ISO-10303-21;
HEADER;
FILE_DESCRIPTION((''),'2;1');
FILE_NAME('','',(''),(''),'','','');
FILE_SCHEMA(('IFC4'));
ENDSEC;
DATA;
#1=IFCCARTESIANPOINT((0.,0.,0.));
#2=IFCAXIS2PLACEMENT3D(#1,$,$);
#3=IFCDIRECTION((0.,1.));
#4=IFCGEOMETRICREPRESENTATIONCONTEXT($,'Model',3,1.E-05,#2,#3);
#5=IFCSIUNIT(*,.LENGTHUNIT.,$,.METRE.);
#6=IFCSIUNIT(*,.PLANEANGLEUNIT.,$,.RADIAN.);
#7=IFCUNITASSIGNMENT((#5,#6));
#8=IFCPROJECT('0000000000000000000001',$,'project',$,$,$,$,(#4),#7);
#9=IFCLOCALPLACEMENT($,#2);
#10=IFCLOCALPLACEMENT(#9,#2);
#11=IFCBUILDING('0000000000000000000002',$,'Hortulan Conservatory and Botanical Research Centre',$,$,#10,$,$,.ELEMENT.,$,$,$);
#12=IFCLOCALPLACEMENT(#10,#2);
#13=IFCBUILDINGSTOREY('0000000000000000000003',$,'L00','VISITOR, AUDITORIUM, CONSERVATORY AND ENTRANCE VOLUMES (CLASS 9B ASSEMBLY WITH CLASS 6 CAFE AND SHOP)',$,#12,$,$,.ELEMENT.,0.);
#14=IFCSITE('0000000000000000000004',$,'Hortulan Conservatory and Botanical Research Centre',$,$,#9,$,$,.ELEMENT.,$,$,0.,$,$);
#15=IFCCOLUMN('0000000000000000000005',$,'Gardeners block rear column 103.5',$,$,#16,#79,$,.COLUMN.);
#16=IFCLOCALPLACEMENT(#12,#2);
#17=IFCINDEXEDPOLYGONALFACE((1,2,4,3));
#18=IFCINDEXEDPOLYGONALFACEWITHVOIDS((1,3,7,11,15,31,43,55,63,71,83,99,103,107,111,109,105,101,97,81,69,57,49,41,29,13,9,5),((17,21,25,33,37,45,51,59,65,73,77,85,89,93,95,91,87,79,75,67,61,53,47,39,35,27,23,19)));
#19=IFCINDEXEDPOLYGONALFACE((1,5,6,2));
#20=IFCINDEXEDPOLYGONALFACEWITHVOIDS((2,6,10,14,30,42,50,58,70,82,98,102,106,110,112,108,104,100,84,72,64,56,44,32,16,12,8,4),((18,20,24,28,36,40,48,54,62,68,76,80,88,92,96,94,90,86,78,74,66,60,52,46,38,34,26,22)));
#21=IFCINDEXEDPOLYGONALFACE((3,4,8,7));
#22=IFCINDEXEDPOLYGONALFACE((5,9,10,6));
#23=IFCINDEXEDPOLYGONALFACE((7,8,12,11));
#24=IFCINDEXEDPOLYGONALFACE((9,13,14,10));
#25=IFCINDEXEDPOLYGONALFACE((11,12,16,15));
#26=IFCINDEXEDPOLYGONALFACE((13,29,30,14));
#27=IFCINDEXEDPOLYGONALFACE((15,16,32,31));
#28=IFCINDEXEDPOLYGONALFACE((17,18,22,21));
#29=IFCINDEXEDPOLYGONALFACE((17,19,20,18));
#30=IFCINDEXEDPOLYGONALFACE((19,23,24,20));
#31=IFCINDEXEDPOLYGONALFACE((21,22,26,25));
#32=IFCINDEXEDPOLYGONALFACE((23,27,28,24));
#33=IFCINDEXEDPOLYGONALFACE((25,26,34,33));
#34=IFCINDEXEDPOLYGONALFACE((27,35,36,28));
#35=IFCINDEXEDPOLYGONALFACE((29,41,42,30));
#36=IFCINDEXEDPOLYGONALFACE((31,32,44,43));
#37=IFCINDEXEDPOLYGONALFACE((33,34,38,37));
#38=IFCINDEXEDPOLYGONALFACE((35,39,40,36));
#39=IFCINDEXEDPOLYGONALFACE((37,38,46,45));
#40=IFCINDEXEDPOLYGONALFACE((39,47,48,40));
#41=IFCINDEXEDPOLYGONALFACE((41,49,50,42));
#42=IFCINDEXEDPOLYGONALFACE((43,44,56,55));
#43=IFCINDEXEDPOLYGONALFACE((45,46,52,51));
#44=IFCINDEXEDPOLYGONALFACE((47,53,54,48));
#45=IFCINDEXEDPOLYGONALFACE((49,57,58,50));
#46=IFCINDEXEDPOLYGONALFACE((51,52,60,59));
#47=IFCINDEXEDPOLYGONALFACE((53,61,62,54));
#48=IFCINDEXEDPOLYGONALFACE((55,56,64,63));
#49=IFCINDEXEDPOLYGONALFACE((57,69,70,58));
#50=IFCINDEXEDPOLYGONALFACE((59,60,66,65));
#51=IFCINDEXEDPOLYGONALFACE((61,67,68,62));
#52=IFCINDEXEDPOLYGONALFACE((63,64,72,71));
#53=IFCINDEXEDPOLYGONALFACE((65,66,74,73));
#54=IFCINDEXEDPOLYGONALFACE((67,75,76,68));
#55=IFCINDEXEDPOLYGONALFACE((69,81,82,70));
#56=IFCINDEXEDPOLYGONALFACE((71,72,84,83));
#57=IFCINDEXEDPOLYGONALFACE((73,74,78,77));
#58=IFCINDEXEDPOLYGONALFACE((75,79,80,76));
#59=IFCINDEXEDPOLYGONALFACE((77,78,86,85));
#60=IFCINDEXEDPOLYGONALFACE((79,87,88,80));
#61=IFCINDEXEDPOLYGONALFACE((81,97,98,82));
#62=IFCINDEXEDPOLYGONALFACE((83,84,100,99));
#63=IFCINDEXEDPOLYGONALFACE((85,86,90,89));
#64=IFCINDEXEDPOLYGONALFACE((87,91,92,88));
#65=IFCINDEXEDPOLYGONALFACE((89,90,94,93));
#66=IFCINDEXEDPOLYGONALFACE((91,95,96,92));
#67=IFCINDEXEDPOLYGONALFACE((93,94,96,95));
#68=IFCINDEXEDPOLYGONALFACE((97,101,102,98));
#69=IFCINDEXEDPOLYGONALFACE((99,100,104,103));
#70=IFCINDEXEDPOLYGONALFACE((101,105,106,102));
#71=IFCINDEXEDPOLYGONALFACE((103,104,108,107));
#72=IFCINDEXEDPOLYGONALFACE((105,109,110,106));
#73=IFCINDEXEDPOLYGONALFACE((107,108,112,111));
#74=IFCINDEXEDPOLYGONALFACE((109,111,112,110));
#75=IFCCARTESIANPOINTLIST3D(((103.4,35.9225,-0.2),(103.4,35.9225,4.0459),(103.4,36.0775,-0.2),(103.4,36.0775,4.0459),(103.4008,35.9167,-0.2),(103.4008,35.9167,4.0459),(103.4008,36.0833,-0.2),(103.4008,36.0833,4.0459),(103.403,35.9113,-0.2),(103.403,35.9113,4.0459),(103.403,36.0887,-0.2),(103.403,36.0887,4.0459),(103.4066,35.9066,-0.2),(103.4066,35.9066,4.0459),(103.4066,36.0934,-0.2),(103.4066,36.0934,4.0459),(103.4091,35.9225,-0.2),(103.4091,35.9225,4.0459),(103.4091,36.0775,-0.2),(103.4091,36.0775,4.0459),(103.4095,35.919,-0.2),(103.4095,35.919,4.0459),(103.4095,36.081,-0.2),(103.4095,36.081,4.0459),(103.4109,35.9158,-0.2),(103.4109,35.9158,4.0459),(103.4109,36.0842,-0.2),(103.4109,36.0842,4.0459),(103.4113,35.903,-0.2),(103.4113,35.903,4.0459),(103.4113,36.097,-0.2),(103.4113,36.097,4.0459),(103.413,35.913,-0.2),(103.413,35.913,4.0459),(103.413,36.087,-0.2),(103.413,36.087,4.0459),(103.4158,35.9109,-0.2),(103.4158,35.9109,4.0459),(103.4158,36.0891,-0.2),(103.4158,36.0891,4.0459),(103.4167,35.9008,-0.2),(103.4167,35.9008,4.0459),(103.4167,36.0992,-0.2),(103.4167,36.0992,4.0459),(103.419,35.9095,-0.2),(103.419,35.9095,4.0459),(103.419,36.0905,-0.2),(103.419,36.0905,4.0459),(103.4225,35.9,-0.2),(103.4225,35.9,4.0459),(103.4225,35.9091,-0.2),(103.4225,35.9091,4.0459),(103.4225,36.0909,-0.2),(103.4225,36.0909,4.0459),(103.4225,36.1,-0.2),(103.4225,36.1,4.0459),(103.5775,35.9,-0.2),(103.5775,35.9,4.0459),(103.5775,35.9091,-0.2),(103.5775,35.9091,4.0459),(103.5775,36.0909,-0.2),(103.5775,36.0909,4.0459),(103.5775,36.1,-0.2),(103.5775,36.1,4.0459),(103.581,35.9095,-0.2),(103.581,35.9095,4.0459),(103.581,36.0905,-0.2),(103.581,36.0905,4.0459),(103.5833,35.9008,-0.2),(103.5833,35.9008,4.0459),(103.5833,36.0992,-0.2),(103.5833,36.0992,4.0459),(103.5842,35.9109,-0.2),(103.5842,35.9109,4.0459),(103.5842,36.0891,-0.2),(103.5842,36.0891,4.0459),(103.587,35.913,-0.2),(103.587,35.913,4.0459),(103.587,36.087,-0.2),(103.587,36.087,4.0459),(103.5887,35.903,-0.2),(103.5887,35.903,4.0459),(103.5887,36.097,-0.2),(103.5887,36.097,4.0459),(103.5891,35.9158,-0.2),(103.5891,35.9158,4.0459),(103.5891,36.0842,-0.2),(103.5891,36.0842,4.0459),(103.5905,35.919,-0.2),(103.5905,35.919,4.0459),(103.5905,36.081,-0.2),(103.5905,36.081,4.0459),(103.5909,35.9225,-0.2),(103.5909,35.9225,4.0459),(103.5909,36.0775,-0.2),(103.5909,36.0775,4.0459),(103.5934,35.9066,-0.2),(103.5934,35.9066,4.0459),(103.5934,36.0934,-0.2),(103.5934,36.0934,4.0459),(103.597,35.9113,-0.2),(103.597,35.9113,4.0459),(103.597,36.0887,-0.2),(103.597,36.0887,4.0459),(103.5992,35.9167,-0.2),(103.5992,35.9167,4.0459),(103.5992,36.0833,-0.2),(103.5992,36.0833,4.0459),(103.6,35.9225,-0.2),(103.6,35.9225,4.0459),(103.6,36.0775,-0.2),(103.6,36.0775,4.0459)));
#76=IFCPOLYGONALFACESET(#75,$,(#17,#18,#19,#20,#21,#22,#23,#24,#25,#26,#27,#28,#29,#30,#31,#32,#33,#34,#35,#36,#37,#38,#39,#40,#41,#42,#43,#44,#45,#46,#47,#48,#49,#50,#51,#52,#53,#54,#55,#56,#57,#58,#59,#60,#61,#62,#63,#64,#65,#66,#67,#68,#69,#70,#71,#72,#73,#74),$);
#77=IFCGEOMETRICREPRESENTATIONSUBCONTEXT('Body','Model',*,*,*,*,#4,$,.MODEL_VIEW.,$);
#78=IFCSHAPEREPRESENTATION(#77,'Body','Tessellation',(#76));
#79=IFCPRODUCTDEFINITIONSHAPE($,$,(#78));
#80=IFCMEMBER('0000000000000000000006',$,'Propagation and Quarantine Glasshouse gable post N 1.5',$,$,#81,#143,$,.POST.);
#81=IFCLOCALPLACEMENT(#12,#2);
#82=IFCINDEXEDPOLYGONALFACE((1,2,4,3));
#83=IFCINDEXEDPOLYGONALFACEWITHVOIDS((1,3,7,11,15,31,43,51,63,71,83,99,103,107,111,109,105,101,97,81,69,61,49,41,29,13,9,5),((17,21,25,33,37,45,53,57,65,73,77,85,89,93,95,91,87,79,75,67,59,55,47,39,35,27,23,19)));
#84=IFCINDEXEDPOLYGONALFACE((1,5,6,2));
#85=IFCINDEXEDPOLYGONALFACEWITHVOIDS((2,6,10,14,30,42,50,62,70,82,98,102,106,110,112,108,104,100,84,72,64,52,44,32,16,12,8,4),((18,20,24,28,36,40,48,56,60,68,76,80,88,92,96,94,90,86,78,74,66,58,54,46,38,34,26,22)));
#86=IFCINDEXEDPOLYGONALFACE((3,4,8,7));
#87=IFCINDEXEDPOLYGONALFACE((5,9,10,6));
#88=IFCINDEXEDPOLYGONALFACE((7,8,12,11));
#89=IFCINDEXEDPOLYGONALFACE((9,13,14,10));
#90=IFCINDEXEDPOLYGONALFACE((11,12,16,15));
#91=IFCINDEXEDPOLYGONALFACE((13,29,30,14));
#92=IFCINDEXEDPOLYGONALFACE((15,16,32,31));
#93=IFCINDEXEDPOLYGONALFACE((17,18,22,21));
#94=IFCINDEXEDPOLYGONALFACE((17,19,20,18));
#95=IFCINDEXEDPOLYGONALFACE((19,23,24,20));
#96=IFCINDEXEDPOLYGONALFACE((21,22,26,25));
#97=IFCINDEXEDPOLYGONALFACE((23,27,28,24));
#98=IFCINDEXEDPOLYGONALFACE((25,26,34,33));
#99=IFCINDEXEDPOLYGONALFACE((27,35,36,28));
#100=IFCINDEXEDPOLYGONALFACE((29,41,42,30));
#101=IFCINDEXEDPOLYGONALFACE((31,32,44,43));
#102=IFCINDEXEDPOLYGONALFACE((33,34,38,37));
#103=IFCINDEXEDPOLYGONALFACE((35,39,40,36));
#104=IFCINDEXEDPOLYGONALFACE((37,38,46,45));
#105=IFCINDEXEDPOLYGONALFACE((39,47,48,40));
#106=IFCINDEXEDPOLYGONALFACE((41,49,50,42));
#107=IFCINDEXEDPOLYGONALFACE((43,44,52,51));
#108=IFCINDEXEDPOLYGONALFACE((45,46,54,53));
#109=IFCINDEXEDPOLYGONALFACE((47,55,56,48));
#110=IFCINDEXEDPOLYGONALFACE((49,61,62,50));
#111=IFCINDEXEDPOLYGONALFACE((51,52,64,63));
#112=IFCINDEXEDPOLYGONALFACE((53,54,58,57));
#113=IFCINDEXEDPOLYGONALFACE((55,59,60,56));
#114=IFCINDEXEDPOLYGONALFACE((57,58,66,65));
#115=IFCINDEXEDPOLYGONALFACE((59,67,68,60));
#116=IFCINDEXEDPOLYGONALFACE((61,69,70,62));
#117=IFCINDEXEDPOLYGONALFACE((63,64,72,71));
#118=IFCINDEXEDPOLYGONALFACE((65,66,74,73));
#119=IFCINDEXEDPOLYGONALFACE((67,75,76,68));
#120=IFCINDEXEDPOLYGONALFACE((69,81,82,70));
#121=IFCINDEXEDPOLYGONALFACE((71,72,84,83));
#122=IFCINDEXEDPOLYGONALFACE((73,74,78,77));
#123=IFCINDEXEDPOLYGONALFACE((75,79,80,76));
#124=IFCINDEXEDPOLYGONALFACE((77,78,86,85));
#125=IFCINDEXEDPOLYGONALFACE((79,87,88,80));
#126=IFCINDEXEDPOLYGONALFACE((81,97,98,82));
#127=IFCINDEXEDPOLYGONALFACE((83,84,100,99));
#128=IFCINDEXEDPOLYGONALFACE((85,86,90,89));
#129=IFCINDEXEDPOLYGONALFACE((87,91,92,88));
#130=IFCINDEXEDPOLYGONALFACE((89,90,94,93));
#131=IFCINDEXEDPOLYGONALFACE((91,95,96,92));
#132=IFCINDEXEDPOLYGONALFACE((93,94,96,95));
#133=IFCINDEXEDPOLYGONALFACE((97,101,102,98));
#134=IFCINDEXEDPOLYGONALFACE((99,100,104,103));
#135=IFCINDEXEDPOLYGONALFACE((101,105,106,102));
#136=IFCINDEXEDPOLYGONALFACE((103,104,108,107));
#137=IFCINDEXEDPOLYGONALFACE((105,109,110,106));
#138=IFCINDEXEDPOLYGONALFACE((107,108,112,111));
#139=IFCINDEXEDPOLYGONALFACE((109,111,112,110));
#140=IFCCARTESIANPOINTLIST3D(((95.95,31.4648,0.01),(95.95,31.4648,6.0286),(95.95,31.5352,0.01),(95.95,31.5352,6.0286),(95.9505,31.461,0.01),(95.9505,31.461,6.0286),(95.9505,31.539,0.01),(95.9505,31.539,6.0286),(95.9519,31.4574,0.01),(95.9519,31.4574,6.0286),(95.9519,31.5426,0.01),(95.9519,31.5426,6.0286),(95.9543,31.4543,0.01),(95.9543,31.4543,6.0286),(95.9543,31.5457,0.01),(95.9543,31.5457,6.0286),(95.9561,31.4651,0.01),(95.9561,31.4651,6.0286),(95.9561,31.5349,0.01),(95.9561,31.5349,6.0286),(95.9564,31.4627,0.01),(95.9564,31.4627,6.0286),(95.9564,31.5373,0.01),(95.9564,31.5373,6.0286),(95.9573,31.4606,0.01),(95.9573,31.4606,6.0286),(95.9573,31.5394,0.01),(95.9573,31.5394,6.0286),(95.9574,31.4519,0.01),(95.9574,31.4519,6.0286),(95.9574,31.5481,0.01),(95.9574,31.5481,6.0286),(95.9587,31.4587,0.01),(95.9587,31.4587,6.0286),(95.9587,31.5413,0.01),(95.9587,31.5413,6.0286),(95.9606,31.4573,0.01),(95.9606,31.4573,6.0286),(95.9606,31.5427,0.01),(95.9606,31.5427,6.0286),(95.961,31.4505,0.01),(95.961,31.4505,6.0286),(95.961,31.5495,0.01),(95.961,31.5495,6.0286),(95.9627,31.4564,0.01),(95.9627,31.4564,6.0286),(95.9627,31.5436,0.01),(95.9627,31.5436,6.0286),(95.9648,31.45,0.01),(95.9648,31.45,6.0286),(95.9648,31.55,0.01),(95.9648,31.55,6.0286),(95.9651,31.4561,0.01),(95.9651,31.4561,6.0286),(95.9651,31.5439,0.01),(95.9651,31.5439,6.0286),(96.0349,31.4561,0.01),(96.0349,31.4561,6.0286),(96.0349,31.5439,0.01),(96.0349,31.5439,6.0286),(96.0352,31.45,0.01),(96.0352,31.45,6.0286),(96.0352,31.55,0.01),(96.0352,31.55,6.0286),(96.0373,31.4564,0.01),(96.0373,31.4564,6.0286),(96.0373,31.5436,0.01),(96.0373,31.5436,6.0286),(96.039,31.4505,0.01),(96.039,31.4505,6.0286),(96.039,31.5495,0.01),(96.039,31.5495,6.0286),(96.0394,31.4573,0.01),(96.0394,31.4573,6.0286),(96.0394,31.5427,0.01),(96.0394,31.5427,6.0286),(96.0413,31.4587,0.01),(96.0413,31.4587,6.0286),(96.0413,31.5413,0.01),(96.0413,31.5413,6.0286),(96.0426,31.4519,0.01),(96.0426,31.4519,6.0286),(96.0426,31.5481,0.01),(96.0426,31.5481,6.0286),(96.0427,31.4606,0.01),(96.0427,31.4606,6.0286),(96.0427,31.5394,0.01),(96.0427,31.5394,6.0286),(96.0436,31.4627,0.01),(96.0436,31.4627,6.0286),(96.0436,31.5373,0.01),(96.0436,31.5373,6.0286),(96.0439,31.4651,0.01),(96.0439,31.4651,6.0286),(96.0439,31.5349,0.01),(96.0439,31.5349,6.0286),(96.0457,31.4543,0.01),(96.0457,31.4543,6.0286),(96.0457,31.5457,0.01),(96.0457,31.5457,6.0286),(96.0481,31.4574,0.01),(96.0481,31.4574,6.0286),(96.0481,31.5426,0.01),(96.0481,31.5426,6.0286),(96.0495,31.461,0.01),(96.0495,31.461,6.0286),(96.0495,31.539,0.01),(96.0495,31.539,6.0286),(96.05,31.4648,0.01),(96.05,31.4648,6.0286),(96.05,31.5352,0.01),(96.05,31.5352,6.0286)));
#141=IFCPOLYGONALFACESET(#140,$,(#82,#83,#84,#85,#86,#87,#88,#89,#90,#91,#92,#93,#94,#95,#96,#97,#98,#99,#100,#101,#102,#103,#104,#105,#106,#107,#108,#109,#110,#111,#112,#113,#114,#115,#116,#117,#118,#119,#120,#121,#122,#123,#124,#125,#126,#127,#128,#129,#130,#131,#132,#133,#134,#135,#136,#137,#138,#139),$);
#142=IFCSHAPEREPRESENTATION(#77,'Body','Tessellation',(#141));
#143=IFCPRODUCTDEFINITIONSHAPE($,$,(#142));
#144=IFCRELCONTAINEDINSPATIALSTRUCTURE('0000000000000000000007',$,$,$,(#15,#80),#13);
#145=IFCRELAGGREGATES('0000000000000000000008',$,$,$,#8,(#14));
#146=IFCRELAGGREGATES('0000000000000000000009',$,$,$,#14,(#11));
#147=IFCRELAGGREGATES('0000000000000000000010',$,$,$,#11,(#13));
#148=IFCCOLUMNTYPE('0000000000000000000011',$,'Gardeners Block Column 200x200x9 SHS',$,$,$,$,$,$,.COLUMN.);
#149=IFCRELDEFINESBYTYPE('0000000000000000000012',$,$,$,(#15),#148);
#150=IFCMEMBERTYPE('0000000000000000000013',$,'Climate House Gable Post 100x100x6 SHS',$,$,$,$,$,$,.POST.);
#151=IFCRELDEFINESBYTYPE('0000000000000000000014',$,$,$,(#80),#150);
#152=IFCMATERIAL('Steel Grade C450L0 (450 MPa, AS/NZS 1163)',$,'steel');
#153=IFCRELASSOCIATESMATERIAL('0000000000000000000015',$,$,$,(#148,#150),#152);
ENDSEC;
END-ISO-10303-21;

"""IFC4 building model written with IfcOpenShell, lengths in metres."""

from ifc_helpers import new_model, si_unit, direction, frame, origin, origin_2d, place, context, subcontext, project, spatial, hollow_rectangle, extrude, material, material_profile, profile_set, type_object, element, save


model = new_model("IFC4")

# Units and contexts
model_context = context("Model", 3, precision=1e-05, world=origin(), true_north=direction((0.0, 1.0)))
body_context = subcontext(model_context, "Body", "Model", "MODEL_VIEW")
ifc_project = project(units=[si_unit("LENGTHUNIT", "METRE"), si_unit("PLANEANGLEUNIT", "RADIAN")], contexts=[model_context])

# Site, building, storey
site_placement = place(None, origin())
site = spatial("IfcSite", under=ifc_project, at=site_placement, Name="Hortulan Conservatory and Botanical Research Centre", CompositionType="ELEMENT", RefElevation=0.0)
building_placement = place(site_placement, origin())
building = spatial("IfcBuilding", under=site, at=building_placement, Name="Hortulan Conservatory and Botanical Research Centre", CompositionType="ELEMENT")
storey_placement = place(building_placement, origin())
storey = spatial("IfcBuildingStorey", under=building, at=storey_placement, Name="L00", Description="VISITOR, AUDITORIUM, CONSERVATORY AND ENTRANCE VOLUMES (CLASS 9B ASSEMBLY WITH CLASS 6 CAFE AND SHOP)", CompositionType="ELEMENT", Elevation=0.0)

# Column
ifc_material_1 = material(Name="Steel Grade C450L0 (450 MPa, AS/NZS 1163)", Category="steel")
ifc_material_profile_1 = material_profile(ifc_material_1, hollow_rectangle(XDim=0.2, YDim=0.2, WallThickness=0.009, InnerFilletRadius=0.0134, OuterFilletRadius=0.0225, at=origin_2d()), Name="200x200x9SHS")
ifc_profile_set_1 = profile_set([ifc_material_profile_1], Name="Steel Grade C450L0 (450 MPa, AS/NZS 1163)")
column_type_1 = type_object("IfcColumnType", Name="Gardeners Block Column 200x200x9 SHS", PredefinedType="COLUMN", material=ifc_profile_set_1)
column_1_placement = place(storey_placement, frame((103.5, 36.0, -0.2), z_axis=(0.0, 0.0, 1.0), x_axis=(1.0, 0.0, 0.0)))
element("IfcColumn", 1, at=column_1_placement, inside=storey, type_object=column_type_1, Name="Gardeners block rear column 103.5", PredefinedType="COLUMN", context=body_context, shape_type="SweptSolid", body=[
    extrude(hollow_rectangle(XDim=0.2, YDim=0.2, WallThickness=0.009, InnerFilletRadius=0.0134, OuterFilletRadius=0.0225, at=origin_2d()), origin(), (0.0, 0.0, 1.0), 4.2458),
])

# Member
ifc_material_profile_2 = material_profile(ifc_material_1, hollow_rectangle(XDim=0.1001, YDim=0.1001, WallThickness=0.0061, InnerFilletRadius=0.009, OuterFilletRadius=0.0149, at=origin_2d()), Name="100x100x6SHS")
ifc_profile_set_2 = profile_set([ifc_material_profile_2], Name="Steel Grade C450L0 (450 MPa, AS/NZS 1163)")
member_type = type_object("IfcMemberType", Name="Climate House Gable Post 100x100x6 SHS", PredefinedType="POST", material=ifc_profile_set_2)
member_1_placement = place(storey_placement, frame((96.0, 31.5, 0.01), z_axis=(0.0, 0.0, 1.0), x_axis=(1.0, 0.0, 0.0)))
element("IfcMember", 2, at=member_1_placement, inside=storey, type_object=member_type, Name="Propagation and Quarantine Glasshouse gable post N 1.5", PredefinedType="POST", context=body_context, shape_type="SweptSolid", body=[
    extrude(hollow_rectangle(XDim=0.1001, YDim=0.1001, WallThickness=0.0061, InnerFilletRadius=0.009, OuterFilletRadius=0.0149, at=origin_2d()), origin(), (0.0, 0.0, 1.0), 6.0186),
])

save(model, "model.ifc")
